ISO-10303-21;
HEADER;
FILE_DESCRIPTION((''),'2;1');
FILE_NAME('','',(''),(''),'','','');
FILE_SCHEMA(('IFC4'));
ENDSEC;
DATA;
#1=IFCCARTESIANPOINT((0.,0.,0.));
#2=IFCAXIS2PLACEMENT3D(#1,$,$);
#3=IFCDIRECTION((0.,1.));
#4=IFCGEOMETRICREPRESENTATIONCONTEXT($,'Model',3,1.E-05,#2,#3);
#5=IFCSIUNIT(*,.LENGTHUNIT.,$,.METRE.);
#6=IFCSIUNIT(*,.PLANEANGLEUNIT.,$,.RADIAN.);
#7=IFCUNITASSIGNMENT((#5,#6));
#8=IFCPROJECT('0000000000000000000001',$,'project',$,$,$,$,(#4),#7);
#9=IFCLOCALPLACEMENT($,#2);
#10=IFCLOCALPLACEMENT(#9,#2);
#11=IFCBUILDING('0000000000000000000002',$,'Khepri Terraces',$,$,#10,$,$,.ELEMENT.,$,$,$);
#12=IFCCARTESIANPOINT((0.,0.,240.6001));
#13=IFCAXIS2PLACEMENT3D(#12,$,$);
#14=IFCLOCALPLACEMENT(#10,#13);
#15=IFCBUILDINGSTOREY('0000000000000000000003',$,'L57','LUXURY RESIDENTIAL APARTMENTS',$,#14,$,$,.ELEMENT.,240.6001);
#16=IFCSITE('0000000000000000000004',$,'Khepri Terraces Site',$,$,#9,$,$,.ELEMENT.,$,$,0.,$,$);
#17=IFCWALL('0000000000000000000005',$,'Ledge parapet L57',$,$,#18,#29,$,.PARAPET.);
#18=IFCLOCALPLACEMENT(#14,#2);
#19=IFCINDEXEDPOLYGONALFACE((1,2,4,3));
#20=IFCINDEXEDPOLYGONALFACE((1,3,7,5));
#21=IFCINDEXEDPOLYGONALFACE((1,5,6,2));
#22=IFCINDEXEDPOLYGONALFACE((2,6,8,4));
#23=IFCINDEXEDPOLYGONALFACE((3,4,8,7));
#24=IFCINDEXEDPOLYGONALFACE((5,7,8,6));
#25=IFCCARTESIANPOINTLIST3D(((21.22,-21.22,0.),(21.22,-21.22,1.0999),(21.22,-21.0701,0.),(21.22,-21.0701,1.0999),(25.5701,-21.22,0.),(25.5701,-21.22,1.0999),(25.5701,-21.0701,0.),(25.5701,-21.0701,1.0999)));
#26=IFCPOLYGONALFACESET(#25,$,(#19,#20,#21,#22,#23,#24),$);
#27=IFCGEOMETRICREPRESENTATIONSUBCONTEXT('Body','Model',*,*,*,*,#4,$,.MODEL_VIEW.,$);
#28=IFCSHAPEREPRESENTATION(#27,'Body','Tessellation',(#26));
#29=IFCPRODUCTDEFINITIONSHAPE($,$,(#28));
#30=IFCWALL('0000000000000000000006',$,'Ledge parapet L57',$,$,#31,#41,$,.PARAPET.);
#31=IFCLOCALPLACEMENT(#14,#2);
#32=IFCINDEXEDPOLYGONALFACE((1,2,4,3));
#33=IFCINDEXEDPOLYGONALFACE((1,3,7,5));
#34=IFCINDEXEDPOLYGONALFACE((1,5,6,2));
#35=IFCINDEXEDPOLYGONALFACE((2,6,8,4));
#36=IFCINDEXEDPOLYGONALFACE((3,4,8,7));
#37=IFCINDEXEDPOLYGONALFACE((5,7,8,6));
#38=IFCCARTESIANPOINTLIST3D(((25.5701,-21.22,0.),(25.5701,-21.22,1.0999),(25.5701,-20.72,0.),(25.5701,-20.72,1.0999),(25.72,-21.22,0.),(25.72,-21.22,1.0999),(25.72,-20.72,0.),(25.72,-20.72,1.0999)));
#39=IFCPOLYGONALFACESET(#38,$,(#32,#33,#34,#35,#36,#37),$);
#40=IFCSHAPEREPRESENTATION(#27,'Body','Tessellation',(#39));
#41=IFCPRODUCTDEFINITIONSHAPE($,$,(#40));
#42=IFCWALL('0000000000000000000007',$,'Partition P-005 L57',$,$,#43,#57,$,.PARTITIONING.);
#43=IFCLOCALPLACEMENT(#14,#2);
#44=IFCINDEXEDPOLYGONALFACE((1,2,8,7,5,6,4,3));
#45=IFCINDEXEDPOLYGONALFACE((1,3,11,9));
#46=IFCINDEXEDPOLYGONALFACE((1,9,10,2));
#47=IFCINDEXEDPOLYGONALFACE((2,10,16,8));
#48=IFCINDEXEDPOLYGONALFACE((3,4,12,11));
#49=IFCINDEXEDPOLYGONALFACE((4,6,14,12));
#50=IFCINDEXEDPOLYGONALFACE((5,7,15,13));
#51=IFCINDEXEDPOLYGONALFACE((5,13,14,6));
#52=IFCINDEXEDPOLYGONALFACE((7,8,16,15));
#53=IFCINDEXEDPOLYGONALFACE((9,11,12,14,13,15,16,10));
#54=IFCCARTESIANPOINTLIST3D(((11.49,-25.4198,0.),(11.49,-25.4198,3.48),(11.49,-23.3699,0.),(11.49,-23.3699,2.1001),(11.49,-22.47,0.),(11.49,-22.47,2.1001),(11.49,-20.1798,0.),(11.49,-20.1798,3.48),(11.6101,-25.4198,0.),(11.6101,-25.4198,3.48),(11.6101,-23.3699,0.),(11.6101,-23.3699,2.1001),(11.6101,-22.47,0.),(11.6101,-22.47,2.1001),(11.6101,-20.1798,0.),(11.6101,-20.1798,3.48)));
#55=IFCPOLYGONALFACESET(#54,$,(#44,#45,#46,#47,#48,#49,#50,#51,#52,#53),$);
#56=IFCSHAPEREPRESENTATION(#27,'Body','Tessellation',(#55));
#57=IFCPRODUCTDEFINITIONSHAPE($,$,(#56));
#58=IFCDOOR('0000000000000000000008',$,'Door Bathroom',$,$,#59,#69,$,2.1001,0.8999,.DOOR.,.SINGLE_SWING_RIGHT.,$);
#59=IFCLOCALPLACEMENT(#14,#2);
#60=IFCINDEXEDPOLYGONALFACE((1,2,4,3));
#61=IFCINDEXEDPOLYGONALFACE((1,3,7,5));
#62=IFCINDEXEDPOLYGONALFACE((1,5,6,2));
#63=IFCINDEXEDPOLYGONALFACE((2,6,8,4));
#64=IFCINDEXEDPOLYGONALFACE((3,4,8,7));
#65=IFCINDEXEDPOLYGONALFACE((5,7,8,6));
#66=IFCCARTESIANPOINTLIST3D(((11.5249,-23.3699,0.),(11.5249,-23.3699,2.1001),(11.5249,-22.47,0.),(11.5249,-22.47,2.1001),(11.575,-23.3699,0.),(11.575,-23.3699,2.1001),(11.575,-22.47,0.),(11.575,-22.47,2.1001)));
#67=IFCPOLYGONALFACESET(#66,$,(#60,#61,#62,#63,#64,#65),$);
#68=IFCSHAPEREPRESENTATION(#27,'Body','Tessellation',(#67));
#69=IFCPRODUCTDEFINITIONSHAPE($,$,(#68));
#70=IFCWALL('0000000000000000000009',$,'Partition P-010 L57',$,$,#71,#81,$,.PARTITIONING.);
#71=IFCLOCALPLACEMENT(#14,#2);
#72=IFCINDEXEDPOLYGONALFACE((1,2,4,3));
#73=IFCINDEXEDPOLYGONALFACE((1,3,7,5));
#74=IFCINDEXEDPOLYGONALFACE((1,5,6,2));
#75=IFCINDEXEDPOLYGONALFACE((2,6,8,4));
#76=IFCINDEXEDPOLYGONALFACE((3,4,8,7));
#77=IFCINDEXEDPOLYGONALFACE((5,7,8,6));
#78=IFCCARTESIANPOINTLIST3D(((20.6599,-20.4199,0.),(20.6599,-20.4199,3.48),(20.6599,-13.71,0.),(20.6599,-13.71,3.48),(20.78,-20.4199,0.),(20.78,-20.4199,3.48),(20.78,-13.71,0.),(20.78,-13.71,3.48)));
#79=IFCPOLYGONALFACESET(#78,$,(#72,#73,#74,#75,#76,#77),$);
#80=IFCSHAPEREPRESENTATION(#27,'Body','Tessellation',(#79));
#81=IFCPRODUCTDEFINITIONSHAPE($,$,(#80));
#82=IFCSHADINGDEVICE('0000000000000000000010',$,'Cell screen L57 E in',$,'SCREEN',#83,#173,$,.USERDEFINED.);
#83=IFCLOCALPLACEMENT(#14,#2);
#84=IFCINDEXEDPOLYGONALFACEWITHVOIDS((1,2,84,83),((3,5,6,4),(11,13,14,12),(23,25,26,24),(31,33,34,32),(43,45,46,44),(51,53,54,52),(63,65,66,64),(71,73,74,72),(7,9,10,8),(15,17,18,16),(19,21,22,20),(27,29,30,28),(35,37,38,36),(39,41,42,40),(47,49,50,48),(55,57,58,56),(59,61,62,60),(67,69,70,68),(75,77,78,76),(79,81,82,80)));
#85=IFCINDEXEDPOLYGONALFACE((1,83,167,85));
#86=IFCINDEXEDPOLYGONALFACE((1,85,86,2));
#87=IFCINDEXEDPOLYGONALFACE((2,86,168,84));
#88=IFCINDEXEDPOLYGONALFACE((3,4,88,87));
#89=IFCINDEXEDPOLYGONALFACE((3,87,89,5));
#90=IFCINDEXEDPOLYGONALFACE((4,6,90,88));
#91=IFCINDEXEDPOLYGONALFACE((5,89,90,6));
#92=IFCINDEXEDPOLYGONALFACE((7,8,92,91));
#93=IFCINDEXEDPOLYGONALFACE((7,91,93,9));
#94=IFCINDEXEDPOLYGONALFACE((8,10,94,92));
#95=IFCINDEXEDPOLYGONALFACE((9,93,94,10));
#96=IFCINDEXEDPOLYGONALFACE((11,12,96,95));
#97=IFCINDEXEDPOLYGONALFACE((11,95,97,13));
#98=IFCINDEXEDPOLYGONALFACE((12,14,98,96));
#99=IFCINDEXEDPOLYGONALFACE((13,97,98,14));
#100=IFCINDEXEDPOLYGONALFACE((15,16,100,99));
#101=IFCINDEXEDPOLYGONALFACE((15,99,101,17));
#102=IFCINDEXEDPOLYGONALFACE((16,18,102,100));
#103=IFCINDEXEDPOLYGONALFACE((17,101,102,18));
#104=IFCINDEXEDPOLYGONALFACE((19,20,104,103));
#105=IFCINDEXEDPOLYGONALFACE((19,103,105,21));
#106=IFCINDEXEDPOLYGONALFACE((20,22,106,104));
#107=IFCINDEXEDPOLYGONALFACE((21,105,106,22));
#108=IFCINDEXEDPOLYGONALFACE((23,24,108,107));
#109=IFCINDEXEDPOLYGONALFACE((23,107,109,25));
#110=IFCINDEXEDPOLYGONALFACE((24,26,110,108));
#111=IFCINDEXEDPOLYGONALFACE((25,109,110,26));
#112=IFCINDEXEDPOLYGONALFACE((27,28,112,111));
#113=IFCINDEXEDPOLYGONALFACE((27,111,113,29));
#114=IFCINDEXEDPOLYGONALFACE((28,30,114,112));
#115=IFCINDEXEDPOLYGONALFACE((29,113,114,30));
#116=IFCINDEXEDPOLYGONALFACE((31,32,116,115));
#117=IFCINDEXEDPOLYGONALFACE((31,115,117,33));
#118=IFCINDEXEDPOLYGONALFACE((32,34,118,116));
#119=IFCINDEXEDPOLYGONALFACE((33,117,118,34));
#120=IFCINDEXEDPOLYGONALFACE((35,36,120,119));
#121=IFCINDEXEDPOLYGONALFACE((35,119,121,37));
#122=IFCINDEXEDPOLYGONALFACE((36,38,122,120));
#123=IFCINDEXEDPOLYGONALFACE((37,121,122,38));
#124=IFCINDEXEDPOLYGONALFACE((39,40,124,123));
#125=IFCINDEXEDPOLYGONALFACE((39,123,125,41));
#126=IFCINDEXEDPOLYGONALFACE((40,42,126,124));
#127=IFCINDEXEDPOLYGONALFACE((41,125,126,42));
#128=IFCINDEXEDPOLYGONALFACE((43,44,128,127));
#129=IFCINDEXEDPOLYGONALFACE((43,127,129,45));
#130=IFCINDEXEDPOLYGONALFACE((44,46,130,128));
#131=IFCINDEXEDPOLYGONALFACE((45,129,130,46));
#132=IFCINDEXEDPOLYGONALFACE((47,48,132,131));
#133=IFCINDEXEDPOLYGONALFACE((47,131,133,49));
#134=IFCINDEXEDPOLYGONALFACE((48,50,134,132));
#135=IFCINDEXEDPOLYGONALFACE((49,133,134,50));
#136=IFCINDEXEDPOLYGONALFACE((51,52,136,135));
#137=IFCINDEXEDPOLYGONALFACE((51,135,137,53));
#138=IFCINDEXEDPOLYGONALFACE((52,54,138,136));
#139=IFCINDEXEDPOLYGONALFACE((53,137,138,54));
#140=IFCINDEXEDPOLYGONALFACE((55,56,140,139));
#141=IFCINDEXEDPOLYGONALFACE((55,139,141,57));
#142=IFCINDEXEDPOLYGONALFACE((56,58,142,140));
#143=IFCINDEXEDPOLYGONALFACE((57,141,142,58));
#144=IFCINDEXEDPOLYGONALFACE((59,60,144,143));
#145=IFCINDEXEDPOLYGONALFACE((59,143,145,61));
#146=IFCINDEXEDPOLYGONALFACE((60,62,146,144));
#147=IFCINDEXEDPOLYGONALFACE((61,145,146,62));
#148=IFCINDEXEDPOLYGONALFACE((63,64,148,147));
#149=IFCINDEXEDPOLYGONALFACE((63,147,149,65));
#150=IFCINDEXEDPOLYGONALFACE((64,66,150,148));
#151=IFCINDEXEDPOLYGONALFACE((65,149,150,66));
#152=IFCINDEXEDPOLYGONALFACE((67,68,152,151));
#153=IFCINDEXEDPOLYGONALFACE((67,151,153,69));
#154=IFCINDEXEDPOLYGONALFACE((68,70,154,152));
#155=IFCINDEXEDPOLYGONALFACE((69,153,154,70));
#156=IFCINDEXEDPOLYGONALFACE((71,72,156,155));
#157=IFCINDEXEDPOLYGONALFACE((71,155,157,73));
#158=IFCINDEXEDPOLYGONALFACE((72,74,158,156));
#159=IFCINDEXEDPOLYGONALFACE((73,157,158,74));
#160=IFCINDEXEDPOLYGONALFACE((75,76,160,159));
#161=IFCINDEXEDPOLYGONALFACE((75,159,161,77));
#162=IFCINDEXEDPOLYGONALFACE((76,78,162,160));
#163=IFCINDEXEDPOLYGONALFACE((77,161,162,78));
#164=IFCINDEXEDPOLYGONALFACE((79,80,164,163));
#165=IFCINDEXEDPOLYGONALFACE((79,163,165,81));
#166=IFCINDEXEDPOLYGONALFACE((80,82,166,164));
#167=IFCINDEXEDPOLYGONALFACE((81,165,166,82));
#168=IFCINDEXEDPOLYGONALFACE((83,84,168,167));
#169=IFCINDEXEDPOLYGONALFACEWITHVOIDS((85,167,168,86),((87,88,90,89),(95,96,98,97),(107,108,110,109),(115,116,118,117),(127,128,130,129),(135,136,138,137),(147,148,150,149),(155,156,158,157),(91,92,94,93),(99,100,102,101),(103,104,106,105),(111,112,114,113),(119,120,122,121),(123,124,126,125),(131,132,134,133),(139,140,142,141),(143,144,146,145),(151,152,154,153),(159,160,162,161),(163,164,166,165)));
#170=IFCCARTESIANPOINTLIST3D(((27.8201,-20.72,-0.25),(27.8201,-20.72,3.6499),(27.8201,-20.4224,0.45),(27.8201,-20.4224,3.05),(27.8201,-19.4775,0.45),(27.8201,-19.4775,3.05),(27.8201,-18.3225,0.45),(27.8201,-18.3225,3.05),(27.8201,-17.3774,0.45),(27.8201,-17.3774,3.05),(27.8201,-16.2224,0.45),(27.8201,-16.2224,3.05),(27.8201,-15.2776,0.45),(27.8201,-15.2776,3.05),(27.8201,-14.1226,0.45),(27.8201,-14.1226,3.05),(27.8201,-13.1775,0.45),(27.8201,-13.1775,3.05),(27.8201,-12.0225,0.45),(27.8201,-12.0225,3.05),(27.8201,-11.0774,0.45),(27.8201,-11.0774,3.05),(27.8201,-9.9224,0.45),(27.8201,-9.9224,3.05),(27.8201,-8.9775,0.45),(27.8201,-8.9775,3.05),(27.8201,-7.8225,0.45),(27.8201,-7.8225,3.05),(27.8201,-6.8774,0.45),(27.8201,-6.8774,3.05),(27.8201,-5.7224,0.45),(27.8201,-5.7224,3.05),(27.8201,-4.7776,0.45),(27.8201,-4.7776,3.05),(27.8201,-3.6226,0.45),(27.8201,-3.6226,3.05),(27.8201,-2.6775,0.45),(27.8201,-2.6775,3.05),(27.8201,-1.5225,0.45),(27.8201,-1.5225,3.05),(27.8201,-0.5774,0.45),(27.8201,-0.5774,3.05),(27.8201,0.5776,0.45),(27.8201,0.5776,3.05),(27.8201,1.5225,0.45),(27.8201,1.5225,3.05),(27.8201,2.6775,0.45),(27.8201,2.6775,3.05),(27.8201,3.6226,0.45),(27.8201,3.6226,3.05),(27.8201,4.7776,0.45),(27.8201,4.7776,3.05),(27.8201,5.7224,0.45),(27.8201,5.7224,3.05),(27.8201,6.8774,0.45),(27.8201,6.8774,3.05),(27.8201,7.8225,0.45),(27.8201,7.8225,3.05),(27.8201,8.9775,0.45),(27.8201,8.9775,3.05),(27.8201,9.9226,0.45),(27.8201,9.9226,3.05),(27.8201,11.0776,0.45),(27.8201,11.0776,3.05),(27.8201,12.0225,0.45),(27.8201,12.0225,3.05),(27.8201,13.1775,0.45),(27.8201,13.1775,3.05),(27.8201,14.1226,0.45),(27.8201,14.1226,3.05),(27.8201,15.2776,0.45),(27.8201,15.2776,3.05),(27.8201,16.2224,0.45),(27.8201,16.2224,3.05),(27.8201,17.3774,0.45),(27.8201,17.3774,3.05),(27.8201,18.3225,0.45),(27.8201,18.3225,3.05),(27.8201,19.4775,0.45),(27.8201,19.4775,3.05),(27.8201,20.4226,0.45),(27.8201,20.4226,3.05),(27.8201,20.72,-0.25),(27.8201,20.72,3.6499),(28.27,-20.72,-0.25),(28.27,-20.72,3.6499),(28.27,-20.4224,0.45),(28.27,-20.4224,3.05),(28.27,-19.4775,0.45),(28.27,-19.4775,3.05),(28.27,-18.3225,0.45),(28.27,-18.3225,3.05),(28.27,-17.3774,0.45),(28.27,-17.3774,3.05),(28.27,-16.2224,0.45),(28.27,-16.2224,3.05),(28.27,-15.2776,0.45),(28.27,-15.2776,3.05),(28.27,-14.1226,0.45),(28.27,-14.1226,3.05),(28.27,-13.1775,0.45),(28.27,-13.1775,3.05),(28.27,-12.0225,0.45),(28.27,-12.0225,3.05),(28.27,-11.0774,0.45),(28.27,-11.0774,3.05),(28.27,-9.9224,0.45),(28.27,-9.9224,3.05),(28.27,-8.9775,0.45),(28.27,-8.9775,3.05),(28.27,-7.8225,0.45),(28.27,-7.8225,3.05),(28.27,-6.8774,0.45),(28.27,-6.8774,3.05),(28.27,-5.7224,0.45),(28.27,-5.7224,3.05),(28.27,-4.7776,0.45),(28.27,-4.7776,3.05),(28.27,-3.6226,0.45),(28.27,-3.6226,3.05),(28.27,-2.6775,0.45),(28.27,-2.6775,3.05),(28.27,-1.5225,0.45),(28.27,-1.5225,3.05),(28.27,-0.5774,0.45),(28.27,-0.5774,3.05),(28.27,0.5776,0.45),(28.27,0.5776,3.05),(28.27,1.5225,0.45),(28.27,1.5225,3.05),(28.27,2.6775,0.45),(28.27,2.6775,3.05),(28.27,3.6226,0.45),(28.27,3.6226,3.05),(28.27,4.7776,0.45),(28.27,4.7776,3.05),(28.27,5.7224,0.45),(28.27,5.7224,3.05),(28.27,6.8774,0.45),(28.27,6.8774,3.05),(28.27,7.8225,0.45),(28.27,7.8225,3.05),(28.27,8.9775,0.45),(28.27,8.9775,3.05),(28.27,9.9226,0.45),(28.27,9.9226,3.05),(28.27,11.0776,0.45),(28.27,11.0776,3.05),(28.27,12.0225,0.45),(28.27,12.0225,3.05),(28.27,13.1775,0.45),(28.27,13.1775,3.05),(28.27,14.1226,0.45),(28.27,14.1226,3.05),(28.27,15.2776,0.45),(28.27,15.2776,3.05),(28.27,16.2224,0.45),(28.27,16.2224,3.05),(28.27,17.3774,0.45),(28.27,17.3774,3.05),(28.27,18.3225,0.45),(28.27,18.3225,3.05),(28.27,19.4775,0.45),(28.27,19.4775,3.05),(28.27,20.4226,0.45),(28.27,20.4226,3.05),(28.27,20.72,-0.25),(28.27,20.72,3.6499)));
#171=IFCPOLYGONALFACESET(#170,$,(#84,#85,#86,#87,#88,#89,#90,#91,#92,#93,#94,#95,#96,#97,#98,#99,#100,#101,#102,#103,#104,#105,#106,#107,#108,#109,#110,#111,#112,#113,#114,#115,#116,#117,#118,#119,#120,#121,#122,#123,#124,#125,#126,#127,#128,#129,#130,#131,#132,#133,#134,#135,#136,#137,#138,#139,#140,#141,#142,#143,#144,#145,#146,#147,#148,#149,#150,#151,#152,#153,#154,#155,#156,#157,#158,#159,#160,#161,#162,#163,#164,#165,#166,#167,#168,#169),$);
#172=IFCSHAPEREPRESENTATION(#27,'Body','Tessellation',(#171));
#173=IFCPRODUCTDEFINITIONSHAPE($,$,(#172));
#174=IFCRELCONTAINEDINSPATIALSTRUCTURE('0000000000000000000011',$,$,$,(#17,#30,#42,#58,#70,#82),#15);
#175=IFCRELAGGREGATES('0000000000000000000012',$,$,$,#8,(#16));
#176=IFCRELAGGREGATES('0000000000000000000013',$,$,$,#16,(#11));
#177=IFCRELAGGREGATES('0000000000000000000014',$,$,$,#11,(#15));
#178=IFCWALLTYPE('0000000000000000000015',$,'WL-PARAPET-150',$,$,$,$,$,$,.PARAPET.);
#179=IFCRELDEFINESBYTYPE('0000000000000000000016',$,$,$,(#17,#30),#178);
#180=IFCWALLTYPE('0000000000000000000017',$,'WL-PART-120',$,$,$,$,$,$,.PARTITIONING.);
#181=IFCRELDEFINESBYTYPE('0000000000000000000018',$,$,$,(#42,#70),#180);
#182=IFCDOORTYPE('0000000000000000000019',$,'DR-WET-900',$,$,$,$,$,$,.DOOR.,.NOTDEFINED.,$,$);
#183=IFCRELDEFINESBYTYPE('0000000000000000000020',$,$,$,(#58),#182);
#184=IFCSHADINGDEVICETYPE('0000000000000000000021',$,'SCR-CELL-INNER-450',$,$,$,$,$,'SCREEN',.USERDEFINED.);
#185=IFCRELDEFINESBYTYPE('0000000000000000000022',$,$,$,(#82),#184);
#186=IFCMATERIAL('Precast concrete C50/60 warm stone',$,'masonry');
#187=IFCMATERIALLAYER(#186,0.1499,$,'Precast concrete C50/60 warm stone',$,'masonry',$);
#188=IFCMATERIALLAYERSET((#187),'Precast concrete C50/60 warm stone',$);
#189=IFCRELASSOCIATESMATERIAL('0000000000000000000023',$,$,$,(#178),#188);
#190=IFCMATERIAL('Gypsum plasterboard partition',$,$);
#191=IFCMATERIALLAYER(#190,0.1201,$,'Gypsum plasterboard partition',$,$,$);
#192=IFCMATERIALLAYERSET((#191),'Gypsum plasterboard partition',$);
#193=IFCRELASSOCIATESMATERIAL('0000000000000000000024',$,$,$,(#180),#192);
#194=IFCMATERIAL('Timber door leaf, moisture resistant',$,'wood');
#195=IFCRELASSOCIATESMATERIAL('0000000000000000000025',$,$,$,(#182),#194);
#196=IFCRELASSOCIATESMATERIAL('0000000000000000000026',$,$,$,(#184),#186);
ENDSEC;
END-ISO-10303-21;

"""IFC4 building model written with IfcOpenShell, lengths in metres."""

from ifc_helpers import new_model, si_unit, direction, frame, frame_2d, origin, place, context, subcontext, project, spatial, polyline, rectangle, outline, extrude, material, layer, layer_set, type_object, element, fill, save


model = new_model("IFC4")

# Units and contexts
model_context = context("Model", 3, precision=1e-05, world=origin(), true_north=direction((0.0, 1.0)))
body_context = subcontext(model_context, "Body", "Model", "MODEL_VIEW")
ifc_project = project(units=[si_unit("LENGTHUNIT", "METRE"), si_unit("PLANEANGLEUNIT", "RADIAN")], contexts=[model_context])

# Site, building, storey
site_placement = place(None, origin())
site = spatial("IfcSite", under=ifc_project, at=site_placement, Name="Khepri Terraces Site", CompositionType="ELEMENT", RefElevation=0.0)
building_placement = place(site_placement, origin())
building = spatial("IfcBuilding", under=site, at=building_placement, Name="Khepri Terraces", CompositionType="ELEMENT")
storey_placement = place(building_placement, frame((0.0, 0.0, 240.6001)))
storey = spatial("IfcBuildingStorey", under=building, at=storey_placement, Name="L57", Description="LUXURY RESIDENTIAL APARTMENTS", CompositionType="ELEMENT", Elevation=240.6001)

# Shared definitions
ifc_material_1 = material(Name="Precast concrete C50/60 warm stone", Category="masonry")

# Walls
ifc_layer_1 = layer(ifc_material_1, 0.1499, Name="Precast concrete C50/60 warm stone", Category="masonry")
ifc_layer_set_1 = layer_set([ifc_layer_1], Name="Precast concrete C50/60 warm stone")
wall_type_1 = type_object("IfcWallType", Name="WL-PARAPET-150", PredefinedType="PARAPET", material=ifc_layer_set_1)
wall_1_placement = place(storey_placement, frame((21.22, -21.145, 0.0), z_axis=(0.0, 0.0, 1.0), x_axis=(1.0, 0.0, 0.0)))
element("IfcWall", 1, at=wall_1_placement, inside=storey, type_object=wall_type_1, Name="Ledge parapet L57", PredefinedType="PARAPET", context=body_context, shape_type="SweptSolid", body=[
    extrude(rectangle(XDim=4.3501, YDim=0.1499, at=frame_2d((2.175, 0.0))), origin(), (0.0, 0.0, 1.0), 1.0999),
])
wall_2_placement = place(storey_placement, frame((25.645, -21.22, 0.0), z_axis=(0.0, 0.0, 1.0), x_axis=(0.0, 1.0, 0.0)))
element("IfcWall", 2, at=wall_2_placement, inside=storey, type_object=wall_type_1, Name="Ledge parapet L57", PredefinedType="PARAPET", context=body_context, shape_type="SweptSolid", body=[
    extrude(rectangle(XDim=0.5, YDim=0.1499, at=frame_2d((0.25, 0.0))), origin(), (0.0, 0.0, 1.0), 1.0999),
])

# Wall, opening, door
ifc_material_2 = material(Name="Gypsum plasterboard partition")
ifc_layer_2 = layer(ifc_material_2, 0.1201, Name="Gypsum plasterboard partition")
ifc_layer_set_2 = layer_set([ifc_layer_2], Name="Gypsum plasterboard partition")
wall_type_2 = type_object("IfcWallType", Name="WL-PART-120", PredefinedType="PARTITIONING", material=ifc_layer_set_2)
wall_3_placement = place(storey_placement, frame((11.55, -25.4199, 0.0), z_axis=(0.0, 0.0, 1.0), x_axis=(0.0, 1.0, 0.0)))
wall_3 = element("IfcWall", 3, at=wall_3_placement, inside=storey, type_object=wall_type_2, Name="Partition P-005 L57", PredefinedType="PARTITIONING", context=body_context, shape_type="SweptSolid", body=[
    extrude(rectangle(XDim=5.24, YDim=0.1201, at=frame_2d((2.6201, 0.0))), origin(), (0.0, 0.0, 1.0), 3.48),
])
opening_1_placement = place(wall_3_placement, frame((2.05, 0.0, 0.0)))
opening_1 = element("IfcOpeningElement", 4, at=opening_1_placement, cuts=wall_3, PredefinedType="OPENING", context=body_context, shape_type="SweptSolid", body=[
    extrude(rectangle(XDim=0.8999, YDim=2.1001, at=frame_2d((0.45, 1.05))), frame((0.0, 0.0701, 0.0), z_axis=(0.0, -1.0, 0.0), x_axis=(1.0, 0.0, 0.0)), (0.0, 0.0, 1.0), 0.1401),
])
ifc_material_3 = material(Name="Timber door leaf, moisture resistant", Category="wood")
door_type_1 = type_object("IfcDoorType", Name="DR-WET-900", OperationType="NOTDEFINED", PredefinedType="DOOR", material=ifc_material_3)
door_1_placement = place(opening_1_placement, frame((0.8999, 0.0, 0.0), z_axis=(0.0, 0.0, 1.0), x_axis=(-1.0, 0.0, 0.0)))
door_1 = element("IfcDoor", 5, at=door_1_placement, inside=storey, type_object=door_type_1, Name="Door Bathroom", OperationType="SINGLE_SWING_RIGHT", OverallHeight=2.1001, OverallWidth=0.8999, PredefinedType="DOOR", context=body_context, shape_type="SweptSolid", body=[
    extrude(rectangle(XDim=0.8999, YDim=2.1001, at=frame_2d((0.45, 1.05))), frame((0.0, 0.0249, 0.0), z_axis=(0.0, -1.0, 0.0), x_axis=(1.0, 0.0, 0.0)), (0.0, 0.0, 1.0), 0.05),
])
fill(opening_1, door_1)

# Wall
wall_4_placement = place(storey_placement, frame((20.72, -20.4199, 0.0), z_axis=(0.0, 0.0, 1.0), x_axis=(0.0, 1.0, 0.0)))
element("IfcWall", 6, at=wall_4_placement, inside=storey, type_object=wall_type_2, Name="Partition P-010 L57", PredefinedType="PARTITIONING", context=body_context, shape_type="SweptSolid", body=[
    extrude(rectangle(XDim=6.71, YDim=0.1201, at=frame_2d((3.355, 0.0))), origin(), (0.0, 0.0, 1.0), 3.48),
])

# Shading device
shading_device_type_1 = type_object("IfcShadingDeviceType", Name="SCR-CELL-INNER-450", ElementType="SCREEN", PredefinedType="USERDEFINED", material=ifc_material_1)
shading_device_1_placement = place(storey_placement, frame((27.8201, -20.72, -0.25), z_axis=(1.0, 0.0, 0.0), x_axis=(0.0, 1.0, 0.0)))
element("IfcShadingDevice", 7, at=shading_device_1_placement, inside=storey, type_object=shading_device_type_1, Name="Cell screen L57 E in", ObjectType="SCREEN", PredefinedType="USERDEFINED", context=body_context, shape_type="SweptSolid", body=[
    extrude(outline(polyline([(0.0, 0.0), (41.4399, 0.0), (41.4399, 3.8999), (0.0, 3.8999), (0.0, 0.0)]), holes=[polyline([(0.2976, 0.7), (1.2424, 0.7), (1.2424, 3.3), (0.2976, 3.3), (0.2976, 0.7)]), polyline([(2.3975, 0.7), (3.3425, 0.7), (3.3425, 3.3), (2.3975, 3.3), (2.3975, 0.7)]), polyline([(4.4976, 0.7), (5.4424, 0.7), (5.4424, 3.3), (4.4976, 3.3), (4.4976, 0.7)]), polyline([(6.5974, 0.7), (7.5425, 0.7), (7.5425, 3.3), (6.5974, 3.3), (6.5974, 0.7)]), polyline([(8.6975, 0.7), (9.6426, 0.7), (9.6426, 3.3), (8.6975, 3.3), (8.6975, 0.7)]), polyline([(10.7976, 0.7), (11.7424, 0.7), (11.7424, 3.3), (10.7976, 3.3), (10.7976, 0.7)]), polyline([(12.8975, 0.7), (13.8425, 0.7), (13.8425, 3.3), (12.8975, 3.3), (12.8975, 0.7)]), polyline([(14.9976, 0.7), (15.9424, 0.7), (15.9424, 3.3), (14.9976, 3.3), (14.9976, 0.7)]), polyline([(17.0974, 0.7), (18.0425, 0.7), (18.0425, 3.3), (17.0974, 3.3), (17.0974, 0.7)]), polyline([(19.1975, 0.7), (20.1426, 0.7), (20.1426, 3.3), (19.1975, 3.3), (19.1975, 0.7)]), polyline([(21.2976, 0.7), (22.2424, 0.7), (22.2424, 3.3), (21.2976, 3.3), (21.2976, 0.7)]), polyline([(23.3975, 0.7), (24.3425, 0.7), (24.3425, 3.3), (23.3975, 3.3), (23.3975, 0.7)]), polyline([(25.4976, 0.7), (26.4424, 0.7), (26.4424, 3.3), (25.4976, 3.3), (25.4976, 0.7)]), polyline([(27.5974, 0.7), (28.5425, 0.7), (28.5425, 3.3), (27.5974, 3.3), (27.5974, 0.7)]), polyline([(29.6975, 0.7), (30.6426, 0.7), (30.6426, 3.3), (29.6975, 3.3), (29.6975, 0.7)]), polyline([(31.7976, 0.7), (32.7424, 0.7), (32.7424, 3.3), (31.7976, 3.3), (31.7976, 0.7)]), polyline([(33.8975, 0.7), (34.8425, 0.7), (34.8425, 3.3), (33.8975, 3.3), (33.8975, 0.7)]), polyline([(35.9976, 0.7), (36.9424, 0.7), (36.9424, 3.3), (35.9976, 3.3), (35.9976, 0.7)]), polyline([(38.0974, 0.7), (39.0425, 0.7), (39.0425, 3.3), (38.0974, 3.3), (38.0974, 0.7)]), polyline([(40.1975, 0.7), (41.1426, 0.7), (41.1426, 3.3), (40.1975, 3.3), (40.1975, 0.7)])]), origin(), (0.0, 0.0, 1.0), 0.45),
])

save(model, "model.ifc")
